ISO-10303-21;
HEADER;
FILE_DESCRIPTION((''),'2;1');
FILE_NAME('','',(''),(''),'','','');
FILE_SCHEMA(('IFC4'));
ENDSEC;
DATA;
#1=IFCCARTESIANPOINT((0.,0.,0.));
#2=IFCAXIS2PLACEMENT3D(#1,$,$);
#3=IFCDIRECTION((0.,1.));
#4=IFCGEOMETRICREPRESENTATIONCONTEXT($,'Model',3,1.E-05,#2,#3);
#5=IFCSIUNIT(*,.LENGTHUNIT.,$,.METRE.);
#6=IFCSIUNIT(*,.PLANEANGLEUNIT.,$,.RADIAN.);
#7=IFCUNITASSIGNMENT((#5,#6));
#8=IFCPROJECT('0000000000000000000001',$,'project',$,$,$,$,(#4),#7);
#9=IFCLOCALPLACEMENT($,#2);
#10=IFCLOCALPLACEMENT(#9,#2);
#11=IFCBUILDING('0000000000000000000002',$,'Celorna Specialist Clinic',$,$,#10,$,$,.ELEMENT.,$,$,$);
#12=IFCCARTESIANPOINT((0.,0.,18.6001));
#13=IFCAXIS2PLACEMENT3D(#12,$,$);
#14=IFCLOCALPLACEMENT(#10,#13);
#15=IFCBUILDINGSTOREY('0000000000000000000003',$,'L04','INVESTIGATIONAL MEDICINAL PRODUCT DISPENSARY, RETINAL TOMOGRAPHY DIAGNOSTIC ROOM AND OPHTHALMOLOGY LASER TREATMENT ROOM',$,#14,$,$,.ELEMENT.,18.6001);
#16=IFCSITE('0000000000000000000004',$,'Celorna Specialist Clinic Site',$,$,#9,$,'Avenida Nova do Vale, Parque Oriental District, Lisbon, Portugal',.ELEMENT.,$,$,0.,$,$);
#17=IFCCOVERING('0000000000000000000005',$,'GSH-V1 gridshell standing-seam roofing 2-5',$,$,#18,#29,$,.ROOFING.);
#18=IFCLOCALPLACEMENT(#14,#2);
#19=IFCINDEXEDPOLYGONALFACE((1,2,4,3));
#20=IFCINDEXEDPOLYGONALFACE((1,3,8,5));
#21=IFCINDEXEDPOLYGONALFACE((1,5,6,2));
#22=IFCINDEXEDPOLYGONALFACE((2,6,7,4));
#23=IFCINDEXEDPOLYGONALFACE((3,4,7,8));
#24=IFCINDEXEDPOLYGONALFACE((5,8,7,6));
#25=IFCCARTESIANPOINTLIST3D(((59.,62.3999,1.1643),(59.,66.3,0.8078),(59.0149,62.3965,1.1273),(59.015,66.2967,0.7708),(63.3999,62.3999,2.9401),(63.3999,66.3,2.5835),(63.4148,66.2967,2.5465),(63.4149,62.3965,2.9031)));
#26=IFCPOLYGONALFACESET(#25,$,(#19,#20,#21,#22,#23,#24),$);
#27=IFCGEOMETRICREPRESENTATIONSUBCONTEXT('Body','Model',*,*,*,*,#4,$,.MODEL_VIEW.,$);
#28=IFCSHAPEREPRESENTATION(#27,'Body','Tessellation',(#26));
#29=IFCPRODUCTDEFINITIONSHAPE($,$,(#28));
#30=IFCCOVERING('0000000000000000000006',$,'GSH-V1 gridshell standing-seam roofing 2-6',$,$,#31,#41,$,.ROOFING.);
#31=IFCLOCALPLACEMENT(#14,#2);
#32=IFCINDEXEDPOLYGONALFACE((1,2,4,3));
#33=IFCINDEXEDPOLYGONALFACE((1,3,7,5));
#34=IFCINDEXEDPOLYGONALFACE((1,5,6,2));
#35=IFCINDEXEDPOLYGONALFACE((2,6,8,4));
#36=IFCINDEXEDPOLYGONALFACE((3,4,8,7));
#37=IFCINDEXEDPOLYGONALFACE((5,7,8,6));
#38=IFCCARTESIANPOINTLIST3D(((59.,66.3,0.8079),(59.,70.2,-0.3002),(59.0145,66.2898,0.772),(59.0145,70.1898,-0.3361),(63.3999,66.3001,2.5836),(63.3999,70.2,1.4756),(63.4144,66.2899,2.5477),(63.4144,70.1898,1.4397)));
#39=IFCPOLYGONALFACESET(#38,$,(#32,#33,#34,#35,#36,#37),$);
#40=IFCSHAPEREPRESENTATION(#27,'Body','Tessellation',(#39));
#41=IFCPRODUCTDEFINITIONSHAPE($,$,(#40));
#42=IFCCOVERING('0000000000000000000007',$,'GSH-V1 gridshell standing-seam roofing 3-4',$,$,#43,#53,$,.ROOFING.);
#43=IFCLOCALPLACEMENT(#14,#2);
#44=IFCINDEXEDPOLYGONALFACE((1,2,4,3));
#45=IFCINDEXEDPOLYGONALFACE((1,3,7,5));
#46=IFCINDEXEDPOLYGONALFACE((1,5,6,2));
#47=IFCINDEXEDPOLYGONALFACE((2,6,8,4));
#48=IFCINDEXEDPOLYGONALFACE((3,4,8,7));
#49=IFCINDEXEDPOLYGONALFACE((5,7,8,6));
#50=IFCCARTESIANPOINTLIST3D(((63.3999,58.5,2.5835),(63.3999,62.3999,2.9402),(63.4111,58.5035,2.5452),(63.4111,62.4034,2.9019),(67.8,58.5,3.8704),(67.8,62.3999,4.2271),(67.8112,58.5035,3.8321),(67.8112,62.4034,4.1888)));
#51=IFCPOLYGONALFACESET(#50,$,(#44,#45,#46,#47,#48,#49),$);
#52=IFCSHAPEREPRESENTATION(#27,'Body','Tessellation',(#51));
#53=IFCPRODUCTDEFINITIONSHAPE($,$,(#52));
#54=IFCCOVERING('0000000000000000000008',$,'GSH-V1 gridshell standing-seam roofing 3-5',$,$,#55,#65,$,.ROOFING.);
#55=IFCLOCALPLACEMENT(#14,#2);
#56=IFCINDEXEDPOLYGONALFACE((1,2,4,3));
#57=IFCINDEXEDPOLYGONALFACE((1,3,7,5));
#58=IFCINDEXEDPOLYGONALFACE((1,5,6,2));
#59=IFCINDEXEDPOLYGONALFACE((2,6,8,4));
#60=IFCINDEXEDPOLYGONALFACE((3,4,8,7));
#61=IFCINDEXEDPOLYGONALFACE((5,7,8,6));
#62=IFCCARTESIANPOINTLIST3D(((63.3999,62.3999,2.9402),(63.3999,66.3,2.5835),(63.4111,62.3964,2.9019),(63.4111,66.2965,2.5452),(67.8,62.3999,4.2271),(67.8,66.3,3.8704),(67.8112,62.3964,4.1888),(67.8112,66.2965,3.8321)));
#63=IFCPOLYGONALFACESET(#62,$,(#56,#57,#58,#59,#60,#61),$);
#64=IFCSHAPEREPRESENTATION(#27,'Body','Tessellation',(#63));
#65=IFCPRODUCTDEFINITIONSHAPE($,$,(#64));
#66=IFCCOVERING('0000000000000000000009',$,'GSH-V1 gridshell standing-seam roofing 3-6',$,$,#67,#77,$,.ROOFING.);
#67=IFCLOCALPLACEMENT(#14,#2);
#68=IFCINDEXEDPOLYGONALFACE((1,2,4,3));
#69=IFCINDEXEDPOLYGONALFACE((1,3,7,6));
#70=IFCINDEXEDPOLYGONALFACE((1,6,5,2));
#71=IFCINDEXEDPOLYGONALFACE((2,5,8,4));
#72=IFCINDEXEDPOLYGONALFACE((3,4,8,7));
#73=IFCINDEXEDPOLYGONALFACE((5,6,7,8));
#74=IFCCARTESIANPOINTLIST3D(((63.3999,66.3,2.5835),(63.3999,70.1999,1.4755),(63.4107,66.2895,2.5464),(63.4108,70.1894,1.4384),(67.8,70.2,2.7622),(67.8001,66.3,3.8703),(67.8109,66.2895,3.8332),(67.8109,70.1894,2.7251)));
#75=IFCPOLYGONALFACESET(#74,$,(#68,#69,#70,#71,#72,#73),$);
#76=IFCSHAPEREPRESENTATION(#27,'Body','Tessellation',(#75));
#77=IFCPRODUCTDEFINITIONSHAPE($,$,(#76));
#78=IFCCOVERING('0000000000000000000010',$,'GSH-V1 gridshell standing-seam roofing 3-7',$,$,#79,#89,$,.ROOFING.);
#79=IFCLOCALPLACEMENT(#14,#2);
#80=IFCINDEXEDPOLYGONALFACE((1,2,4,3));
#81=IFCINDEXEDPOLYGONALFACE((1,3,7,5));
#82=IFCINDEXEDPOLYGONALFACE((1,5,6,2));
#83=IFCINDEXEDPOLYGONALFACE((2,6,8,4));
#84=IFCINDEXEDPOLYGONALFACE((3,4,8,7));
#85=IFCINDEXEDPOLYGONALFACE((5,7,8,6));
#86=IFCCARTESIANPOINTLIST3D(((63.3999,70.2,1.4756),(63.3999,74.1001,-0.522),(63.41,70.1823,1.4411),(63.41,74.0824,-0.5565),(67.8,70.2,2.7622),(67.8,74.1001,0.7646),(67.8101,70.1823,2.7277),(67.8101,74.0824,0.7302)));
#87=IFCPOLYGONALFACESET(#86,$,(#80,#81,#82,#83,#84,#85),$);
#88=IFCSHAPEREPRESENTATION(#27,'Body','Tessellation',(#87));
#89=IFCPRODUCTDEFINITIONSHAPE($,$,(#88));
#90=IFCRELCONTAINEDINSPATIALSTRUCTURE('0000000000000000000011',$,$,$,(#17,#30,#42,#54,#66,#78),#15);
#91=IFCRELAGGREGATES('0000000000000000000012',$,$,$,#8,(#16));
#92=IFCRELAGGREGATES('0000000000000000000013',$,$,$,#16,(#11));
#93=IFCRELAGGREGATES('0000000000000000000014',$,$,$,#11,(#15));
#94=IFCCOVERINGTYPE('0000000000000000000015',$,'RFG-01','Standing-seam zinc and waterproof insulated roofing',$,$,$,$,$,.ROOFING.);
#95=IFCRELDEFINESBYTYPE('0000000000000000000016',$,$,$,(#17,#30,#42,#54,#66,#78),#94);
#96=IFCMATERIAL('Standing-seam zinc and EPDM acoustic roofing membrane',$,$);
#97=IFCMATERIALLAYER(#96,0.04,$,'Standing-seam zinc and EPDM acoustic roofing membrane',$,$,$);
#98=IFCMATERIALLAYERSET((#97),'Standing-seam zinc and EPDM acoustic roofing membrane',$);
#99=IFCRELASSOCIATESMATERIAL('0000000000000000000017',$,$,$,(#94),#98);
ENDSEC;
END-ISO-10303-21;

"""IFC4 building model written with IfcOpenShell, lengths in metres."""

from ifc_helpers import new_model, si_unit, direction, frame, origin, place, context, subcontext, project, spatial, polyline, outline, extrude, material, layer, layer_set, type_object, element, save


model = new_model("IFC4")

# Units and contexts
model_context = context("Model", 3, precision=1e-05, world=origin(), true_north=direction((0.0, 1.0)))
body_context = subcontext(model_context, "Body", "Model", "MODEL_VIEW")
ifc_project = project(units=[si_unit("LENGTHUNIT", "METRE"), si_unit("PLANEANGLEUNIT", "RADIAN")], contexts=[model_context])

# Site, building, storey
site_placement = place(None, origin())
site = spatial("IfcSite", under=ifc_project, at=site_placement, Name="Celorna Specialist Clinic Site", LongName="Avenida Nova do Vale, Parque Oriental District, Lisbon, Portugal", CompositionType="ELEMENT", RefElevation=0.0)
building_placement = place(site_placement, origin())
building = spatial("IfcBuilding", under=site, at=building_placement, Name="Celorna Specialist Clinic", CompositionType="ELEMENT")
storey_placement = place(building_placement, frame((0.0, 0.0, 18.6001)))
storey = spatial("IfcBuildingStorey", under=building, at=storey_placement, Name="L04", Description="INVESTIGATIONAL MEDICINAL PRODUCT DISPENSARY, RETINAL TOMOGRAPHY DIAGNOSTIC ROOM AND OPHTHALMOLOGY LASER TREATMENT ROOM", CompositionType="ELEMENT", Elevation=18.6001)

# Coverings
ifc_material_1 = material(Name="Standing-seam zinc and EPDM acoustic roofing membrane")
ifc_layer_1 = layer(ifc_material_1, 0.04, Name="Standing-seam zinc and EPDM acoustic roofing membrane")
ifc_layer_set_1 = layer_set([ifc_layer_1], Name="Standing-seam zinc and EPDM acoustic roofing membrane")
covering_type = type_object("IfcCoveringType", Name="RFG-01", Description="Standing-seam zinc and waterproof insulated roofing", PredefinedType="ROOFING", material=ifc_layer_set_1)
covering_1_placement = place(storey_placement, frame((59.0, 62.3999, 1.1643), z_axis=(-0.372921, 0.084477, 0.92401), x_axis=(0.927324, -0.000002, 0.374259)))
element("IfcCovering", 1, at=covering_1_placement, inside=storey, type_object=covering_type, Name="GSH-V1 gridshell standing-seam roofing 2-5", PredefinedType="ROOFING", context=body_context, shape_type="SweptSolid", body=[
    extrude(outline(polyline([(0.0, 0.0), (4.7448, 0.0), (4.6113, 3.9141), (-0.1334, 3.9141), (0.0, 0.0)])), origin(), (0.0, 0.0, -1.0), 0.04),
])
covering_2_placement = place(storey_placement, frame((59.0, 66.3, 0.8079), z_axis=(-0.361908, 0.254775, 0.896723), x_axis=(0.927325, 0.000006, 0.374257)))
element("IfcCovering", 2, at=covering_2_placement, inside=storey, type_object=covering_type, Name="GSH-V1 gridshell standing-seam roofing 2-6", PredefinedType="ROOFING", context=body_context, shape_type="SweptSolid", body=[
    extrude(outline(polyline([(0.0, 0.0), (4.7447, 0.0), (4.3301, 4.033), (-0.4147, 4.033), (0.0, 0.0)])), origin(), (0.0, 0.0, -1.0), 0.04),
])
covering_3_placement = place(storey_placement, frame((63.3999, 58.5, 2.5835), z_axis=(-0.279626, -0.087448, 0.956118), x_axis=(0.959795, 0.0, 0.280701)))
element("IfcCovering", 3, at=covering_3_placement, inside=storey, type_object=covering_type, Name="GSH-V1 gridshell standing-seam roofing 3-4", PredefinedType="ROOFING", context=body_context, shape_type="SweptSolid", body=[
    extrude(outline(polyline([(0.0, 0.0), (4.5845, 0.0), (4.6846, 3.9149), (0.1001, 3.9149), (0.0, 0.0)])), origin(), (0.0, 0.0, -1.0), 0.04),
])
covering_4_placement = place(storey_placement, frame((63.3999, 62.3999, 2.9402), z_axis=(-0.279626, 0.087442, 0.956119), x_axis=(0.959795, 0.0, 0.280701)))
element("IfcCovering", 4, at=covering_4_placement, inside=storey, type_object=covering_type, Name="GSH-V1 gridshell standing-seam roofing 3-5", PredefinedType="ROOFING", context=body_context, shape_type="SweptSolid", body=[
    extrude(outline(polyline([(0.0, 0.0), (4.5845, 0.0), (4.4843, 3.9151), (-0.1001, 3.9151), (0.0, 0.0)])), origin(), (0.0, 0.0, -1.0), 0.04),
])
covering_5_placement = place(storey_placement, frame((63.3999, 66.3, 2.5835), z_axis=(-0.270789, 0.26309, 0.92599), x_axis=(0.959802, -0.000006, 0.280679)))
element("IfcCovering", 5, at=covering_5_placement, inside=storey, type_object=covering_type, Name="GSH-V1 gridshell standing-seam roofing 3-6", PredefinedType="ROOFING", context=body_context, shape_type="SweptSolid", body=[
    extrude(outline(polyline([(0.0, 0.0), (4.5845, 0.0), (4.2734, 4.0423), (-0.311, 4.0423), (0.0, 0.0)])), origin(), (0.0, 0.0, -1.0), 0.04),
])
covering_6_placement = place(storey_placement, frame((63.3999, 70.2, 1.4756), z_axis=(-0.251865, 0.441166, 0.861358), x_axis=(0.95981, 0.0, 0.280652)))
element("IfcCovering", 6, at=covering_6_placement, inside=storey, type_object=covering_type, Name="GSH-V1 gridshell standing-seam roofing 3-7", PredefinedType="ROOFING", context=body_context, shape_type="SweptSolid", body=[
    extrude(outline(polyline([(0.0, 0.0), (4.5844, 0.0), (4.0238, 4.3459), (-0.5606, 4.3459), (0.0, 0.0)])), origin(), (0.0, 0.0, -1.0), 0.04),
])

save(model, "model.ifc")
